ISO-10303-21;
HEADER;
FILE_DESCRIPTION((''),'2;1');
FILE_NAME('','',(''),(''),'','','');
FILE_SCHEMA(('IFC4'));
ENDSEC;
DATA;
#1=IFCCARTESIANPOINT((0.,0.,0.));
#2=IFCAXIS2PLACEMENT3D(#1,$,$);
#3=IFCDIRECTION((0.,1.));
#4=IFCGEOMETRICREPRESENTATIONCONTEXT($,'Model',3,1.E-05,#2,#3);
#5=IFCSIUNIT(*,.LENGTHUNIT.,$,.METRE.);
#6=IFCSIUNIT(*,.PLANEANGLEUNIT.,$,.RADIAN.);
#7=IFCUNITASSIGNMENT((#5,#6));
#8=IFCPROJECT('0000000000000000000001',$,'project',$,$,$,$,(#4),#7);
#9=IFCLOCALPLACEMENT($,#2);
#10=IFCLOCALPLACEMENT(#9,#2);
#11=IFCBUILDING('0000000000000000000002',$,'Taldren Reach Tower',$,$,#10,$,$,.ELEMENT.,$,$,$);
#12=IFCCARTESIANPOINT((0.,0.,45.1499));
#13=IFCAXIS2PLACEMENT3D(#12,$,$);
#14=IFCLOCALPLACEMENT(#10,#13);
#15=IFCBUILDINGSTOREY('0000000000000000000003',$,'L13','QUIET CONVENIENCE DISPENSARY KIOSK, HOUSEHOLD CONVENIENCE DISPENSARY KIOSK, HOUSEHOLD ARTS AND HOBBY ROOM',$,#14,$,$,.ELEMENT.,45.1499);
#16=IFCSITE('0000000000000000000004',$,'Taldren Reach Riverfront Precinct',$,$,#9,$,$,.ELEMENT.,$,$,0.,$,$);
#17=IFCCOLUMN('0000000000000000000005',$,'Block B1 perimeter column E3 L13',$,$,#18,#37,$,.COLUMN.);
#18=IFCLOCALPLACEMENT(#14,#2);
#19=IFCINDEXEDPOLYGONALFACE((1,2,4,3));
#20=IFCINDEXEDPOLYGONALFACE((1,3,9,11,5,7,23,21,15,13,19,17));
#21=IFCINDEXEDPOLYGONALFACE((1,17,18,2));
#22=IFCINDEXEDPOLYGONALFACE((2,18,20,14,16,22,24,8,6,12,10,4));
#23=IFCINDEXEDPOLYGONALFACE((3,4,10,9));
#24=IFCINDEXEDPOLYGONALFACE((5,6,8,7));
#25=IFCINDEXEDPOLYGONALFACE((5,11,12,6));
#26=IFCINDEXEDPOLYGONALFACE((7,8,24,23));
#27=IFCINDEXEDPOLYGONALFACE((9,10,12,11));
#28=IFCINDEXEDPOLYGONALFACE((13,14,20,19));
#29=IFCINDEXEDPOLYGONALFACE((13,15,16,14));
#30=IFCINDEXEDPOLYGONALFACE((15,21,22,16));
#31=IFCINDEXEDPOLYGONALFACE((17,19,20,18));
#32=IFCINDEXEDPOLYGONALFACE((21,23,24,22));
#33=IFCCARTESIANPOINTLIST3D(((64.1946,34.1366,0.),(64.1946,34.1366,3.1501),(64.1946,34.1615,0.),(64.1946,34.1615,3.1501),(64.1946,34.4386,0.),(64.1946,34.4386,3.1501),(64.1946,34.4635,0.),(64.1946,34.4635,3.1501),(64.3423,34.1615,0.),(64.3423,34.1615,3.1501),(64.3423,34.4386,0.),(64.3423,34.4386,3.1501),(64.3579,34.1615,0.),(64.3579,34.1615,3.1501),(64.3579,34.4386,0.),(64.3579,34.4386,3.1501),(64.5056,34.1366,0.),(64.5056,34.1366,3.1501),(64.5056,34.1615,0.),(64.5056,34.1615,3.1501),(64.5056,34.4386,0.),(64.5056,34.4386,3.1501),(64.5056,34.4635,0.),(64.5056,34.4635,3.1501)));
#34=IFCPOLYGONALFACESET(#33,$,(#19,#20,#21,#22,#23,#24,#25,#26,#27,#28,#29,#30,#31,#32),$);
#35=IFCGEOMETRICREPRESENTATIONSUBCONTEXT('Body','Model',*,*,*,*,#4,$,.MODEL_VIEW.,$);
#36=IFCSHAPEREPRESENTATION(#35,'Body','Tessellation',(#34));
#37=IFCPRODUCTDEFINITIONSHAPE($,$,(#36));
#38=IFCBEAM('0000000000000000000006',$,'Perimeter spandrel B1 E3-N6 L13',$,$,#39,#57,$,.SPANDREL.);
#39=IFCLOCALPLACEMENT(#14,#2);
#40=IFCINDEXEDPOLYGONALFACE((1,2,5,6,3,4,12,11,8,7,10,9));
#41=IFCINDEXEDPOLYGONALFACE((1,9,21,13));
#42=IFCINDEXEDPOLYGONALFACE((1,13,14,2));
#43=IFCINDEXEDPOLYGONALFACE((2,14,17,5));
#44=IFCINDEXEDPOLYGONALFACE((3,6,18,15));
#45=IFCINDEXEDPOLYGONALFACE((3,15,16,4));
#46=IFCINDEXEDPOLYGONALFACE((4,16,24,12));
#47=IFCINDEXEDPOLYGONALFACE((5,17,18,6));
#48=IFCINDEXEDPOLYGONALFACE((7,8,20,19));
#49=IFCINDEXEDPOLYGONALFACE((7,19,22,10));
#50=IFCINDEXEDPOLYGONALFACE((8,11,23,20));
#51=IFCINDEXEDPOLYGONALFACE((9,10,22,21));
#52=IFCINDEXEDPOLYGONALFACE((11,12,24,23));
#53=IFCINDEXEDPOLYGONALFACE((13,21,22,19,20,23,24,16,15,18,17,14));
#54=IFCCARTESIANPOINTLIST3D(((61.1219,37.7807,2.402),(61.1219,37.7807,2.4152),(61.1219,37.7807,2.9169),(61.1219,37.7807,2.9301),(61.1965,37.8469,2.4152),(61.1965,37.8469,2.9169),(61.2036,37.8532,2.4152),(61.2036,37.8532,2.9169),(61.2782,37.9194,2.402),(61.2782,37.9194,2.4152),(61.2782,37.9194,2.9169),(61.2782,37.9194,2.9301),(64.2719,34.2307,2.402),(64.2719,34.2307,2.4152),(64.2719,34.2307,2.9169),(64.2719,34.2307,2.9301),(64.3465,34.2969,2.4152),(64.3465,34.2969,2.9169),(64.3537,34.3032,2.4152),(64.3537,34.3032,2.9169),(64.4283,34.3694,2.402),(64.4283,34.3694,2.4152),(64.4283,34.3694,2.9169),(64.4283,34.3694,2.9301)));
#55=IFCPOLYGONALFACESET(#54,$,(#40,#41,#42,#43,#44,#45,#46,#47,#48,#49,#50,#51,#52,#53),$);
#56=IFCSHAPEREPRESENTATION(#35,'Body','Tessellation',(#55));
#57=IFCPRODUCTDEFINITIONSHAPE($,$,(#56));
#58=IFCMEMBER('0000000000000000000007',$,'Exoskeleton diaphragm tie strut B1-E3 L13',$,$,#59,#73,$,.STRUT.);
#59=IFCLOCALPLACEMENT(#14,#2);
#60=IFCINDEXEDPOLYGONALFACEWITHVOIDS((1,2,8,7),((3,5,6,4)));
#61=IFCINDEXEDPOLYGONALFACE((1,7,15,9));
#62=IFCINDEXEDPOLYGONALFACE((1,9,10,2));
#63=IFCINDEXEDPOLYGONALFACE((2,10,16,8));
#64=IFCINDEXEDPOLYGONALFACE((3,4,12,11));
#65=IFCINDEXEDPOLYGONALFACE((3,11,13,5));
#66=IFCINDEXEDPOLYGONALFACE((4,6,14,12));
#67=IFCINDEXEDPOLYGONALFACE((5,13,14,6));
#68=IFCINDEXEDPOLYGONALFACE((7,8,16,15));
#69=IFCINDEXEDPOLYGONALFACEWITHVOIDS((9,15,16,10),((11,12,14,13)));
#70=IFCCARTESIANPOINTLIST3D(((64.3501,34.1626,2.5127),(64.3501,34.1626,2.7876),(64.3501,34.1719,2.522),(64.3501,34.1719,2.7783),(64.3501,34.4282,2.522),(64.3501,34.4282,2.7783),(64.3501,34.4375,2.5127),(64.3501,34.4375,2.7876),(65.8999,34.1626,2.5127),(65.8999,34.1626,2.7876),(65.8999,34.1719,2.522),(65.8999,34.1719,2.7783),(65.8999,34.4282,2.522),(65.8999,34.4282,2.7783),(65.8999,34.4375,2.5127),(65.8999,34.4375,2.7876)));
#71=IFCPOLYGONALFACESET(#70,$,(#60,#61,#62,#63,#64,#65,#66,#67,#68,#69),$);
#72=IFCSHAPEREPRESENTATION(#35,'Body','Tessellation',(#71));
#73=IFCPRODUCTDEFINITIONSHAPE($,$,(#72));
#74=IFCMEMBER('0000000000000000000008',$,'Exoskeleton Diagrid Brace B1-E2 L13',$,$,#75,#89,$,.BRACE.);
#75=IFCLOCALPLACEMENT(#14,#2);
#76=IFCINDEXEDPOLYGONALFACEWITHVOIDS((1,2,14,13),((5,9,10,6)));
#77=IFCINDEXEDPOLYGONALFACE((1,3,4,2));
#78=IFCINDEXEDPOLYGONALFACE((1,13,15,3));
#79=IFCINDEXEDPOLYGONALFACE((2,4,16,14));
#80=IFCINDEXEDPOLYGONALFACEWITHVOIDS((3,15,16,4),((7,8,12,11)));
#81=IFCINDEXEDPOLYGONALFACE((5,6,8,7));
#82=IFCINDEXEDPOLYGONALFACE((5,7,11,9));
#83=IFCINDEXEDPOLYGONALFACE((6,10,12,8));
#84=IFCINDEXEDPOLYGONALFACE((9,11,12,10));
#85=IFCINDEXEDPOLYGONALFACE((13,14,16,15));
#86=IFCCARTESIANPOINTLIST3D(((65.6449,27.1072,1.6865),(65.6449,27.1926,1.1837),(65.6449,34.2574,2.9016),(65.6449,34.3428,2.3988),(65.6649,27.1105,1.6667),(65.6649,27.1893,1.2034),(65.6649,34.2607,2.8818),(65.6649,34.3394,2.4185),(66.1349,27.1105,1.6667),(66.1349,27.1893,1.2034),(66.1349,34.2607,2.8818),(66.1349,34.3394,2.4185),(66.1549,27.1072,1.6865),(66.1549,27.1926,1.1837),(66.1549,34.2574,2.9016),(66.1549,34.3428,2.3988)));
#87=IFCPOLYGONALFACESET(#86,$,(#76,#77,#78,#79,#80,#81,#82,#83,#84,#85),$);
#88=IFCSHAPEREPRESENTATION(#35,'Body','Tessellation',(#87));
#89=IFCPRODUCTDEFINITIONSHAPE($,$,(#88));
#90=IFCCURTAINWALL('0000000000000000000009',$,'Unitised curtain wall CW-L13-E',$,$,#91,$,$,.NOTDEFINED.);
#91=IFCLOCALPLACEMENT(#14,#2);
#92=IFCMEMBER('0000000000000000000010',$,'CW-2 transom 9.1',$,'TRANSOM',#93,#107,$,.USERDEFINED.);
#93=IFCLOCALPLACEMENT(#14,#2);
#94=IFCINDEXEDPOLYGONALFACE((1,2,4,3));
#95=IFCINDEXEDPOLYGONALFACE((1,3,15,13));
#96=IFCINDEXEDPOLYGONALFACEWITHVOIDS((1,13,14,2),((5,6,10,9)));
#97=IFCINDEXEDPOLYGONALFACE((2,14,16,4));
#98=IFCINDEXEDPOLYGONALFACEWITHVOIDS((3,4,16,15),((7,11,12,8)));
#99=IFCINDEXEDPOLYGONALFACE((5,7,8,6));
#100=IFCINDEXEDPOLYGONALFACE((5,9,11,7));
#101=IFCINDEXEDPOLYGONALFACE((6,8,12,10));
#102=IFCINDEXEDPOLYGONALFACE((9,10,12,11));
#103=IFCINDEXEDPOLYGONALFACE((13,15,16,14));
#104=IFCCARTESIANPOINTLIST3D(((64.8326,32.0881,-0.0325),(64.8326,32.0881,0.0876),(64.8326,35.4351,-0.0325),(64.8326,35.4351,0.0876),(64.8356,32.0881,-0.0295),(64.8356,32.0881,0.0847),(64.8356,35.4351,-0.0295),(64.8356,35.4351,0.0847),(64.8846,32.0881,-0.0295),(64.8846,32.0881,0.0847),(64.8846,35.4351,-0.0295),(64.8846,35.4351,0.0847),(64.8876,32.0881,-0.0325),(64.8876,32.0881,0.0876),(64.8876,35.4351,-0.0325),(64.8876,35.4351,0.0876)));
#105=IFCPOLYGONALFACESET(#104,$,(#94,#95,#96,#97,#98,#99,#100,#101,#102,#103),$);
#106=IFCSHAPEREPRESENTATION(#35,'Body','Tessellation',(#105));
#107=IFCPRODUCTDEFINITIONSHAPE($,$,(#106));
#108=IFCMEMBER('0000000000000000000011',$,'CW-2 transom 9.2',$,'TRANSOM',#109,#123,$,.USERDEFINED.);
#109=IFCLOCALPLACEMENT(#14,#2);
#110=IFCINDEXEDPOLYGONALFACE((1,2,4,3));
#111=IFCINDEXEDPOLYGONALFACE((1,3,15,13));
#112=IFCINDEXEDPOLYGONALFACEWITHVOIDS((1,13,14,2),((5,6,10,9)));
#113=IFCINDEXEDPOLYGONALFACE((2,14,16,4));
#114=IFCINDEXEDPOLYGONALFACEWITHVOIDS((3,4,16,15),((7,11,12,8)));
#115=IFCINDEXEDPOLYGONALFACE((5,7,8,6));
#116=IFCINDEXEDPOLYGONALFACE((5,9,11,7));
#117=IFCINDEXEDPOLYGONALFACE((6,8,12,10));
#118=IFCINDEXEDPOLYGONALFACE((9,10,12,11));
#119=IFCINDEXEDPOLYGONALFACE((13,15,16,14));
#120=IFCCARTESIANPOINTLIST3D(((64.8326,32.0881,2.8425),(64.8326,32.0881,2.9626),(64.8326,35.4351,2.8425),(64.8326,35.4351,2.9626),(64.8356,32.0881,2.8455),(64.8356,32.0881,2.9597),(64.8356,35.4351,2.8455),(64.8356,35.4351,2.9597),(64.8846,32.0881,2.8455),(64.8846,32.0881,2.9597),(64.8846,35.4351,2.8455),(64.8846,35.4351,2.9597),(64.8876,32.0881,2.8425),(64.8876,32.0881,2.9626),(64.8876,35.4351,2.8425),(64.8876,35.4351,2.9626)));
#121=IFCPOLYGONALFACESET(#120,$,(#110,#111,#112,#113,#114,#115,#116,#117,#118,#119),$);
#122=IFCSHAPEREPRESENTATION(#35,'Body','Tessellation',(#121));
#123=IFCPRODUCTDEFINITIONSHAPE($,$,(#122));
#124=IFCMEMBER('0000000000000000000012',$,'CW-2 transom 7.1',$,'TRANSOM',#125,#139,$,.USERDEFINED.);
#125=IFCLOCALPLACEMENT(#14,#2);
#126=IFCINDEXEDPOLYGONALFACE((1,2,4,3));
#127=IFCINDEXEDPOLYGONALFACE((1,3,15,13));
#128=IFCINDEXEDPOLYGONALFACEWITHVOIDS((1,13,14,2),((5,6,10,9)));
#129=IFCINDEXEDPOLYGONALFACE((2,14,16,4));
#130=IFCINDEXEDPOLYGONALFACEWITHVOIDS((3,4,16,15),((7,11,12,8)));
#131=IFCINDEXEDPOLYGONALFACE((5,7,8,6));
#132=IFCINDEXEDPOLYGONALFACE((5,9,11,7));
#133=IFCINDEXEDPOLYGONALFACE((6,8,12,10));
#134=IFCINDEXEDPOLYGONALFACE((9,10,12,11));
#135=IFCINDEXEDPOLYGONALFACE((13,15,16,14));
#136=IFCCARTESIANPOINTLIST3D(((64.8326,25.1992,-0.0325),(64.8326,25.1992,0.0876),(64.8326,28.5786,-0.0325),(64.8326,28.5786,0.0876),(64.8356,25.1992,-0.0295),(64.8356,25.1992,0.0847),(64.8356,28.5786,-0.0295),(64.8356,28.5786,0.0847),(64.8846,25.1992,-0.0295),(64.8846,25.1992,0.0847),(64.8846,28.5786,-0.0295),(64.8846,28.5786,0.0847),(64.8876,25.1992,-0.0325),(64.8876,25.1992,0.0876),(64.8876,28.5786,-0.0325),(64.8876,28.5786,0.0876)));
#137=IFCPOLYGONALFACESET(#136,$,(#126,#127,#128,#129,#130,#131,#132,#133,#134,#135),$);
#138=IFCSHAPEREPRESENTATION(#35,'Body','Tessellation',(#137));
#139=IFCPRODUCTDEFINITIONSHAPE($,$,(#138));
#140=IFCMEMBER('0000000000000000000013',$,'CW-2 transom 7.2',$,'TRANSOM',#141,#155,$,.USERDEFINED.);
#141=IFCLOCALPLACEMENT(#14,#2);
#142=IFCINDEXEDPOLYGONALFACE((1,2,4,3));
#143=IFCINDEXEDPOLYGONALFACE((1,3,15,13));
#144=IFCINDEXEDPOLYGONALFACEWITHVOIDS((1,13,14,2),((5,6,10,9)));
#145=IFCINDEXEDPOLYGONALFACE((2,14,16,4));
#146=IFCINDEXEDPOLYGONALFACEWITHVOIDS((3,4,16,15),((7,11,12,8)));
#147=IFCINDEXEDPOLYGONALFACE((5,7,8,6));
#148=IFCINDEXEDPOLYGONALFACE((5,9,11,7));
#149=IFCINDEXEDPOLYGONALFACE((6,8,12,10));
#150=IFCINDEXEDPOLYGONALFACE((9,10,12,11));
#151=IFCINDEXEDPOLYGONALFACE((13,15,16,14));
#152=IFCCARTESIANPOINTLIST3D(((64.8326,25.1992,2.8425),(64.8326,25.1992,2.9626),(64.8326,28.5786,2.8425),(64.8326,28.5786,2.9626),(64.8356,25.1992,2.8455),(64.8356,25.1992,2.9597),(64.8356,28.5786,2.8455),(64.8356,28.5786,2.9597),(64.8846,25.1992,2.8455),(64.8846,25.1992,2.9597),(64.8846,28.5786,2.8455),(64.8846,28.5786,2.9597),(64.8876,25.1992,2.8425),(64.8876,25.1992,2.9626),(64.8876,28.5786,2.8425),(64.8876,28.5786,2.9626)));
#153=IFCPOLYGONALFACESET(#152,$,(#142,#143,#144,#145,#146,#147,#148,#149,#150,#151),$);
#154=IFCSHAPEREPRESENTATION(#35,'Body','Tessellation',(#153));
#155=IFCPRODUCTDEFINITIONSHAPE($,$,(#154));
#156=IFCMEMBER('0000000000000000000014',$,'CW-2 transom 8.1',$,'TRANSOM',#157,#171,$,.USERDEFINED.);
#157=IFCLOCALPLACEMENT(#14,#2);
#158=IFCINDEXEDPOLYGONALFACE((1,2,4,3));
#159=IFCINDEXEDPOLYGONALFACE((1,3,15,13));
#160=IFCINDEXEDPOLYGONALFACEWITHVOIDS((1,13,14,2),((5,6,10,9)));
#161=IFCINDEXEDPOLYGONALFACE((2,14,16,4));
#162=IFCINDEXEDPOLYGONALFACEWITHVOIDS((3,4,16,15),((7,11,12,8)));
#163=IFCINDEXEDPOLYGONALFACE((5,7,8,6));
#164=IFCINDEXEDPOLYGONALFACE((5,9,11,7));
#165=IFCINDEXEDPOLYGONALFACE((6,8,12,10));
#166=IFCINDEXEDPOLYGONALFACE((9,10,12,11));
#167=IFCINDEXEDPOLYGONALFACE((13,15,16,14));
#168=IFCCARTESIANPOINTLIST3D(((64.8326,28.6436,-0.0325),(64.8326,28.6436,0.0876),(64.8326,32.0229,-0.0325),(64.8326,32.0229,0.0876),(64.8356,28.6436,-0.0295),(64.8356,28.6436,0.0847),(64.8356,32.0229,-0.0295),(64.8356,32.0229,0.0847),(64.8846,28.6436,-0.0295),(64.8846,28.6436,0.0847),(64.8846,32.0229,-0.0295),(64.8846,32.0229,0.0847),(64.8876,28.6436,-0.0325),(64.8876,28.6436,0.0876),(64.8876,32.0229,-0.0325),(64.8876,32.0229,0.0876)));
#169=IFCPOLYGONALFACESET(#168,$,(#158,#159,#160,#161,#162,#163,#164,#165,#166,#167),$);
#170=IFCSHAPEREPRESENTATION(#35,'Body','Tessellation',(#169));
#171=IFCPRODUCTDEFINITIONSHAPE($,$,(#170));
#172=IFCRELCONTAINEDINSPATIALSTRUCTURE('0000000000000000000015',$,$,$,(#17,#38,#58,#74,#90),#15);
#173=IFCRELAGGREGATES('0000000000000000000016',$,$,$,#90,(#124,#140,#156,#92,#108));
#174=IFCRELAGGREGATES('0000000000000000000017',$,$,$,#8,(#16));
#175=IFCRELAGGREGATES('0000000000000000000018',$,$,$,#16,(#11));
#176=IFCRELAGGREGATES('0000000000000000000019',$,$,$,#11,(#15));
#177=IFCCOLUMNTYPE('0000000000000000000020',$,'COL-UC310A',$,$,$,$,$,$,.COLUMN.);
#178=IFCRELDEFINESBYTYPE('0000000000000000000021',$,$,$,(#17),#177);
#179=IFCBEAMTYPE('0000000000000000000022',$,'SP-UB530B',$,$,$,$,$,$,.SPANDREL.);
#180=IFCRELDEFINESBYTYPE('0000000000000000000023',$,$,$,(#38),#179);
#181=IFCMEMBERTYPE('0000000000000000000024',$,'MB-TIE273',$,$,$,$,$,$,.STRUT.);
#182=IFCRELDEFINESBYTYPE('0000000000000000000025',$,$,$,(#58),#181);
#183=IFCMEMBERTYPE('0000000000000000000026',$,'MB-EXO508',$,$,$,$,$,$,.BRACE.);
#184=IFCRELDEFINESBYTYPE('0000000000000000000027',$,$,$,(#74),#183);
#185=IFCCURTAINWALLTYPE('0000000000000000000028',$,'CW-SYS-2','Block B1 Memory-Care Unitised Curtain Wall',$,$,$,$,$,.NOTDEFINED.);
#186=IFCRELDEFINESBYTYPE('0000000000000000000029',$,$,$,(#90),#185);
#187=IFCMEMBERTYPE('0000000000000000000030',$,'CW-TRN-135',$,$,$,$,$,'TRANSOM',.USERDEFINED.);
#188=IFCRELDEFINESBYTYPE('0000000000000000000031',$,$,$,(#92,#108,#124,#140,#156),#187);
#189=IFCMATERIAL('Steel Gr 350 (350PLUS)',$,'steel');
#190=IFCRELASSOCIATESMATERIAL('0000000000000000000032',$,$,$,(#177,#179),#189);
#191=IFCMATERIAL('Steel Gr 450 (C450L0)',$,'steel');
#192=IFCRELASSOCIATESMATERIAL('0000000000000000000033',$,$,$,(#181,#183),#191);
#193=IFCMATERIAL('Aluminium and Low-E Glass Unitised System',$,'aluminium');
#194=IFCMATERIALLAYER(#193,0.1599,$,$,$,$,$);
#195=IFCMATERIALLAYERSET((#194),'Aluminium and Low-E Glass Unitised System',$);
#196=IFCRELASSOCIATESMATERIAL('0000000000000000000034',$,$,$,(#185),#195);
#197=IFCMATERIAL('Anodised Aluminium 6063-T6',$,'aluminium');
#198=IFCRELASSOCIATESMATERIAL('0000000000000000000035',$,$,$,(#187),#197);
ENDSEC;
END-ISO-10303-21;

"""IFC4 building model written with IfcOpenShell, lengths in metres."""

from ifc_helpers import new_model, si_unit, direction, frame, origin, origin_2d, place, context, subcontext, project, spatial, hollow_rectangle, i_section, extrude, source, transform, mapped, material, layer, layer_set, material_profile, profile_set, type_object, element, aggregate, save


model = new_model("IFC4")

# Units and contexts
model_context = context("Model", 3, precision=1e-05, world=origin(), true_north=direction((0.0, 1.0)))
body_context = subcontext(model_context, "Body", "Model", "MODEL_VIEW")
ifc_project = project(units=[si_unit("LENGTHUNIT", "METRE"), si_unit("PLANEANGLEUNIT", "RADIAN")], contexts=[model_context])

# Site, building, storey
site_placement = place(None, origin())
site = spatial("IfcSite", under=ifc_project, at=site_placement, Name="Taldren Reach Riverfront Precinct", CompositionType="ELEMENT", RefElevation=0.0)
building_placement = place(site_placement, origin())
building = spatial("IfcBuilding", under=site, at=building_placement, Name="Taldren Reach Tower", CompositionType="ELEMENT")
storey_placement = place(building_placement, frame((0.0, 0.0, 45.1499)))
storey = spatial("IfcBuildingStorey", under=building, at=storey_placement, Name="L13", Description="QUIET CONVENIENCE DISPENSARY KIOSK, HOUSEHOLD CONVENIENCE DISPENSARY KIOSK, HOUSEHOLD ARTS AND HOBBY ROOM", CompositionType="ELEMENT", Elevation=45.1499)

# Column
ifc_material_1 = material(Name="Steel Gr 350 (350PLUS)", Category="steel")
ifc_material_profile_1 = material_profile(ifc_material_1, i_section(OverallWidth=0.311, OverallDepth=0.3269, WebThickness=0.0156, FlangeThickness=0.0249, at=origin_2d()), Name="310UC158")
ifc_profile_set_1 = profile_set([ifc_material_profile_1], Name="Steel Gr 350 (350PLUS)")
column_type = type_object("IfcColumnType", Name="COL-UC310A", PredefinedType="COLUMN", material=ifc_profile_set_1)
shared_shape_1 = source(origin(), body_context, "Body", "SweptSolid", [
    extrude(i_section(OverallWidth=0.311, OverallDepth=0.3269, WebThickness=0.0156, FlangeThickness=0.0249, at=origin_2d()), origin(), (0.0, 0.0, 1.0), 3.1501),
])
column_placement = place(storey_placement, frame((64.3501, 34.3, 0.0), z_axis=(0.0, 0.0, 1.0), x_axis=(1.0, 0.0, 0.0)))
element("IfcColumn", 1, at=column_placement, inside=storey, type_object=column_type, Name="Block B1 perimeter column E3 L13", PredefinedType="COLUMN", context=body_context, shape_type="MappedRepresentation", body=[
    mapped(shared_shape_1, transform((0.0, 0.0, 0.0), scale=1.0)),
])

# Beam
ifc_material_profile_2 = material_profile(ifc_material_1, i_section(OverallWidth=0.209, OverallDepth=0.5281, WebThickness=0.0095, FlangeThickness=0.0132, at=origin_2d()), Name="530UB82.0")
ifc_profile_set_2 = profile_set([ifc_material_profile_2], Name="Steel Gr 350 (350PLUS)")
beam_type = type_object("IfcBeamType", Name="SP-UB530B", PredefinedType="SPANDREL", material=ifc_profile_set_2)
shared_shape_2 = source(origin(), body_context, "Body", "SweptSolid", [
    extrude(i_section(OverallWidth=0.209, OverallDepth=0.5281, WebThickness=0.0095, FlangeThickness=0.0132, at=origin_2d()), origin(), (0.0, 0.0, 1.0), 4.7461),
])
beam_placement = place(storey_placement, frame((64.3501, 34.3, 2.666), z_axis=(-0.663722, 0.747979, 0.0), x_axis=(-0.747979, -0.663722, 0.0)))
element("IfcBeam", 2, at=beam_placement, inside=storey, type_object=beam_type, Name="Perimeter spandrel B1 E3-N6 L13", PredefinedType="SPANDREL", context=body_context, shape_type="MappedRepresentation", body=[
    mapped(shared_shape_2, transform((0.0, 0.0, 0.0), scale=1.0)),
])

# Members
ifc_material_2 = material(Name="Steel Gr 450 (C450L0)", Category="steel")
ifc_material_profile_3 = material_profile(ifc_material_2, hollow_rectangle(XDim=0.2749, YDim=0.2749, WallThickness=0.0093, at=origin_2d()), Name="275x275x9.3SHS")
ifc_profile_set_3 = profile_set([ifc_material_profile_3], Name="Steel Gr 450 (C450L0)")
member_type_1 = type_object("IfcMemberType", Name="MB-TIE273", PredefinedType="STRUT", material=ifc_profile_set_3)
shared_shape_3 = source(origin(), body_context, "Body", "SweptSolid", [
    extrude(hollow_rectangle(XDim=0.2749, YDim=0.2749, WallThickness=0.0093, at=origin_2d()), origin(), (0.0, 0.0, 1.0), 1.5498),
])
member_1_placement = place(storey_placement, frame((64.3501, 34.3, 2.6501), z_axis=(1.0, 0.0, 0.0), x_axis=(0.0, 1.0, 0.0)))
element("IfcMember", 3, at=member_1_placement, inside=storey, type_object=member_type_1, Name="Exoskeleton diaphragm tie strut B1-E3 L13", PredefinedType="STRUT", context=body_context, shape_type="MappedRepresentation", body=[
    mapped(shared_shape_3, transform((0.0, 0.0, 0.0), scale=1.0)),
])
ifc_material_profile_4 = material_profile(ifc_material_2, hollow_rectangle(XDim=0.51, YDim=0.51, WallThickness=0.02, at=origin_2d()), Name="510x510x20.0SHS")
ifc_profile_set_4 = profile_set([ifc_material_profile_4], Name="Steel Gr 450 (C450L0)")
member_type_2 = type_object("IfcMemberType", Name="MB-EXO508", PredefinedType="BRACE", material=ifc_profile_set_4)
shared_shape_4 = source(origin(), body_context, "Body", "SweptSolid", [
    extrude(hollow_rectangle(XDim=0.51, YDim=0.51, WallThickness=0.02, at=origin_2d()), origin(), (0.0, 0.0, 1.0), 7.2527),
])
member_2_placement = place(storey_placement, frame((65.8999, 27.1499, 1.4351), z_axis=(0.0, 0.985866, 0.167537), x_axis=(-1.0, 0.0, 0.0)))
element("IfcMember", 4, at=member_2_placement, inside=storey, type_object=member_type_2, Name="Exoskeleton Diagrid Brace B1-E2 L13", PredefinedType="BRACE", context=body_context, shape_type="MappedRepresentation", body=[
    mapped(shared_shape_4, transform((0.0, 0.0, 0.0), scale=1.0)),
])

# Curtain wall, members
ifc_material_3 = material(Name="Aluminium and Low-E Glass Unitised System", Category="aluminium")
ifc_layer_1 = layer(ifc_material_3, 0.1599)
ifc_layer_set_1 = layer_set([ifc_layer_1], Name="Aluminium and Low-E Glass Unitised System")
curtain_wall_type = type_object("IfcCurtainWallType", Name="CW-SYS-2", Description="Block B1 Memory-Care Unitised Curtain Wall", PredefinedType="NOTDEFINED", material=ifc_layer_set_1)
curtain_wall_placement = place(storey_placement, origin())
curtain_wall = element("IfcCurtainWall", 5, at=curtain_wall_placement, inside=storey, type_object=curtain_wall_type, Name="Unitised curtain wall CW-L13-E", PredefinedType="NOTDEFINED")
ifc_material_4 = material(Name="Anodised Aluminium 6063-T6", Category="aluminium")
ifc_material_profile_5 = material_profile(ifc_material_4, hollow_rectangle(XDim=0.0549, YDim=0.1201, WallThickness=0.0029, at=origin_2d()), Name="ALU-120x55x3RHS")
ifc_profile_set_5 = profile_set([ifc_material_profile_5], Name="Anodised Aluminium 6063-T6")
member_type_3 = type_object("IfcMemberType", Name="CW-TRN-135", ElementType="TRANSOM", PredefinedType="USERDEFINED", material=ifc_profile_set_5)
shared_shape_5 = source(origin(), body_context, "Body", "SweptSolid", [
    extrude(hollow_rectangle(XDim=0.0549, YDim=0.1201, WallThickness=0.0029, at=origin_2d()), origin(), (0.0, 0.0, 1.0), 3.3469),
])
member_3_placement = place(storey_placement, frame((64.8601, 32.0881, 0.0276), z_axis=(0.0, 1.0, 0.0), x_axis=(-1.0, 0.0, 0.0)))
member_3 = element("IfcMember", 6, at=member_3_placement, type_object=member_type_3, Name="CW-2 transom 9.1", ObjectType="TRANSOM", PredefinedType="USERDEFINED", context=body_context, shape_type="MappedRepresentation", body=[
    mapped(shared_shape_5, transform((0.0, 0.0, 0.0), scale=1.0)),
])
member_4_placement = place(storey_placement, frame((64.8601, 32.0881, 2.9026), z_axis=(0.0, 1.0, 0.0), x_axis=(-1.0, 0.0, 0.0)))
member_4 = element("IfcMember", 7, at=member_4_placement, type_object=member_type_3, Name="CW-2 transom 9.2", ObjectType="TRANSOM", PredefinedType="USERDEFINED", context=body_context, shape_type="MappedRepresentation", body=[
    mapped(shared_shape_5, transform((0.0, 0.0, 0.0), scale=1.0)),
])
shared_shape_6 = source(origin(), body_context, "Body", "SweptSolid", [
    extrude(hollow_rectangle(XDim=0.0549, YDim=0.1201, WallThickness=0.0029, at=origin_2d()), origin(), (0.0, 0.0, 1.0), 3.3794),
])
member_5_placement = place(storey_placement, frame((64.8601, 25.1992, 0.0276), z_axis=(0.0, 1.0, 0.0), x_axis=(-1.0, 0.0, 0.0)))
member_5 = element("IfcMember", 8, at=member_5_placement, type_object=member_type_3, Name="CW-2 transom 7.1", ObjectType="TRANSOM", PredefinedType="USERDEFINED", context=body_context, shape_type="MappedRepresentation", body=[
    mapped(shared_shape_6, transform((0.0, 0.0, 0.0), scale=1.0)),
])
member_6_placement = place(storey_placement, frame((64.8601, 25.1992, 2.9026), z_axis=(0.0, 1.0, 0.0), x_axis=(-1.0, 0.0, 0.0)))
member_6 = element("IfcMember", 9, at=member_6_placement, type_object=member_type_3, Name="CW-2 transom 7.2", ObjectType="TRANSOM", PredefinedType="USERDEFINED", context=body_context, shape_type="MappedRepresentation", body=[
    mapped(shared_shape_6, transform((0.0, 0.0, 0.0), scale=1.0)),
])
member_7_placement = place(storey_placement, frame((64.8601, 28.6436, 0.0276), z_axis=(0.0, 1.0, 0.0), x_axis=(-1.0, 0.0, 0.0)))
member_7 = element("IfcMember", 10, at=member_7_placement, type_object=member_type_3, Name="CW-2 transom 8.1", ObjectType="TRANSOM", PredefinedType="USERDEFINED", context=body_context, shape_type="MappedRepresentation", body=[
    mapped(shared_shape_6, transform((0.0, 0.0, 0.0), scale=1.0)),
])
aggregate(curtain_wall, [member_5, member_6, member_7, member_3, member_4])

save(model, "model.ifc")
